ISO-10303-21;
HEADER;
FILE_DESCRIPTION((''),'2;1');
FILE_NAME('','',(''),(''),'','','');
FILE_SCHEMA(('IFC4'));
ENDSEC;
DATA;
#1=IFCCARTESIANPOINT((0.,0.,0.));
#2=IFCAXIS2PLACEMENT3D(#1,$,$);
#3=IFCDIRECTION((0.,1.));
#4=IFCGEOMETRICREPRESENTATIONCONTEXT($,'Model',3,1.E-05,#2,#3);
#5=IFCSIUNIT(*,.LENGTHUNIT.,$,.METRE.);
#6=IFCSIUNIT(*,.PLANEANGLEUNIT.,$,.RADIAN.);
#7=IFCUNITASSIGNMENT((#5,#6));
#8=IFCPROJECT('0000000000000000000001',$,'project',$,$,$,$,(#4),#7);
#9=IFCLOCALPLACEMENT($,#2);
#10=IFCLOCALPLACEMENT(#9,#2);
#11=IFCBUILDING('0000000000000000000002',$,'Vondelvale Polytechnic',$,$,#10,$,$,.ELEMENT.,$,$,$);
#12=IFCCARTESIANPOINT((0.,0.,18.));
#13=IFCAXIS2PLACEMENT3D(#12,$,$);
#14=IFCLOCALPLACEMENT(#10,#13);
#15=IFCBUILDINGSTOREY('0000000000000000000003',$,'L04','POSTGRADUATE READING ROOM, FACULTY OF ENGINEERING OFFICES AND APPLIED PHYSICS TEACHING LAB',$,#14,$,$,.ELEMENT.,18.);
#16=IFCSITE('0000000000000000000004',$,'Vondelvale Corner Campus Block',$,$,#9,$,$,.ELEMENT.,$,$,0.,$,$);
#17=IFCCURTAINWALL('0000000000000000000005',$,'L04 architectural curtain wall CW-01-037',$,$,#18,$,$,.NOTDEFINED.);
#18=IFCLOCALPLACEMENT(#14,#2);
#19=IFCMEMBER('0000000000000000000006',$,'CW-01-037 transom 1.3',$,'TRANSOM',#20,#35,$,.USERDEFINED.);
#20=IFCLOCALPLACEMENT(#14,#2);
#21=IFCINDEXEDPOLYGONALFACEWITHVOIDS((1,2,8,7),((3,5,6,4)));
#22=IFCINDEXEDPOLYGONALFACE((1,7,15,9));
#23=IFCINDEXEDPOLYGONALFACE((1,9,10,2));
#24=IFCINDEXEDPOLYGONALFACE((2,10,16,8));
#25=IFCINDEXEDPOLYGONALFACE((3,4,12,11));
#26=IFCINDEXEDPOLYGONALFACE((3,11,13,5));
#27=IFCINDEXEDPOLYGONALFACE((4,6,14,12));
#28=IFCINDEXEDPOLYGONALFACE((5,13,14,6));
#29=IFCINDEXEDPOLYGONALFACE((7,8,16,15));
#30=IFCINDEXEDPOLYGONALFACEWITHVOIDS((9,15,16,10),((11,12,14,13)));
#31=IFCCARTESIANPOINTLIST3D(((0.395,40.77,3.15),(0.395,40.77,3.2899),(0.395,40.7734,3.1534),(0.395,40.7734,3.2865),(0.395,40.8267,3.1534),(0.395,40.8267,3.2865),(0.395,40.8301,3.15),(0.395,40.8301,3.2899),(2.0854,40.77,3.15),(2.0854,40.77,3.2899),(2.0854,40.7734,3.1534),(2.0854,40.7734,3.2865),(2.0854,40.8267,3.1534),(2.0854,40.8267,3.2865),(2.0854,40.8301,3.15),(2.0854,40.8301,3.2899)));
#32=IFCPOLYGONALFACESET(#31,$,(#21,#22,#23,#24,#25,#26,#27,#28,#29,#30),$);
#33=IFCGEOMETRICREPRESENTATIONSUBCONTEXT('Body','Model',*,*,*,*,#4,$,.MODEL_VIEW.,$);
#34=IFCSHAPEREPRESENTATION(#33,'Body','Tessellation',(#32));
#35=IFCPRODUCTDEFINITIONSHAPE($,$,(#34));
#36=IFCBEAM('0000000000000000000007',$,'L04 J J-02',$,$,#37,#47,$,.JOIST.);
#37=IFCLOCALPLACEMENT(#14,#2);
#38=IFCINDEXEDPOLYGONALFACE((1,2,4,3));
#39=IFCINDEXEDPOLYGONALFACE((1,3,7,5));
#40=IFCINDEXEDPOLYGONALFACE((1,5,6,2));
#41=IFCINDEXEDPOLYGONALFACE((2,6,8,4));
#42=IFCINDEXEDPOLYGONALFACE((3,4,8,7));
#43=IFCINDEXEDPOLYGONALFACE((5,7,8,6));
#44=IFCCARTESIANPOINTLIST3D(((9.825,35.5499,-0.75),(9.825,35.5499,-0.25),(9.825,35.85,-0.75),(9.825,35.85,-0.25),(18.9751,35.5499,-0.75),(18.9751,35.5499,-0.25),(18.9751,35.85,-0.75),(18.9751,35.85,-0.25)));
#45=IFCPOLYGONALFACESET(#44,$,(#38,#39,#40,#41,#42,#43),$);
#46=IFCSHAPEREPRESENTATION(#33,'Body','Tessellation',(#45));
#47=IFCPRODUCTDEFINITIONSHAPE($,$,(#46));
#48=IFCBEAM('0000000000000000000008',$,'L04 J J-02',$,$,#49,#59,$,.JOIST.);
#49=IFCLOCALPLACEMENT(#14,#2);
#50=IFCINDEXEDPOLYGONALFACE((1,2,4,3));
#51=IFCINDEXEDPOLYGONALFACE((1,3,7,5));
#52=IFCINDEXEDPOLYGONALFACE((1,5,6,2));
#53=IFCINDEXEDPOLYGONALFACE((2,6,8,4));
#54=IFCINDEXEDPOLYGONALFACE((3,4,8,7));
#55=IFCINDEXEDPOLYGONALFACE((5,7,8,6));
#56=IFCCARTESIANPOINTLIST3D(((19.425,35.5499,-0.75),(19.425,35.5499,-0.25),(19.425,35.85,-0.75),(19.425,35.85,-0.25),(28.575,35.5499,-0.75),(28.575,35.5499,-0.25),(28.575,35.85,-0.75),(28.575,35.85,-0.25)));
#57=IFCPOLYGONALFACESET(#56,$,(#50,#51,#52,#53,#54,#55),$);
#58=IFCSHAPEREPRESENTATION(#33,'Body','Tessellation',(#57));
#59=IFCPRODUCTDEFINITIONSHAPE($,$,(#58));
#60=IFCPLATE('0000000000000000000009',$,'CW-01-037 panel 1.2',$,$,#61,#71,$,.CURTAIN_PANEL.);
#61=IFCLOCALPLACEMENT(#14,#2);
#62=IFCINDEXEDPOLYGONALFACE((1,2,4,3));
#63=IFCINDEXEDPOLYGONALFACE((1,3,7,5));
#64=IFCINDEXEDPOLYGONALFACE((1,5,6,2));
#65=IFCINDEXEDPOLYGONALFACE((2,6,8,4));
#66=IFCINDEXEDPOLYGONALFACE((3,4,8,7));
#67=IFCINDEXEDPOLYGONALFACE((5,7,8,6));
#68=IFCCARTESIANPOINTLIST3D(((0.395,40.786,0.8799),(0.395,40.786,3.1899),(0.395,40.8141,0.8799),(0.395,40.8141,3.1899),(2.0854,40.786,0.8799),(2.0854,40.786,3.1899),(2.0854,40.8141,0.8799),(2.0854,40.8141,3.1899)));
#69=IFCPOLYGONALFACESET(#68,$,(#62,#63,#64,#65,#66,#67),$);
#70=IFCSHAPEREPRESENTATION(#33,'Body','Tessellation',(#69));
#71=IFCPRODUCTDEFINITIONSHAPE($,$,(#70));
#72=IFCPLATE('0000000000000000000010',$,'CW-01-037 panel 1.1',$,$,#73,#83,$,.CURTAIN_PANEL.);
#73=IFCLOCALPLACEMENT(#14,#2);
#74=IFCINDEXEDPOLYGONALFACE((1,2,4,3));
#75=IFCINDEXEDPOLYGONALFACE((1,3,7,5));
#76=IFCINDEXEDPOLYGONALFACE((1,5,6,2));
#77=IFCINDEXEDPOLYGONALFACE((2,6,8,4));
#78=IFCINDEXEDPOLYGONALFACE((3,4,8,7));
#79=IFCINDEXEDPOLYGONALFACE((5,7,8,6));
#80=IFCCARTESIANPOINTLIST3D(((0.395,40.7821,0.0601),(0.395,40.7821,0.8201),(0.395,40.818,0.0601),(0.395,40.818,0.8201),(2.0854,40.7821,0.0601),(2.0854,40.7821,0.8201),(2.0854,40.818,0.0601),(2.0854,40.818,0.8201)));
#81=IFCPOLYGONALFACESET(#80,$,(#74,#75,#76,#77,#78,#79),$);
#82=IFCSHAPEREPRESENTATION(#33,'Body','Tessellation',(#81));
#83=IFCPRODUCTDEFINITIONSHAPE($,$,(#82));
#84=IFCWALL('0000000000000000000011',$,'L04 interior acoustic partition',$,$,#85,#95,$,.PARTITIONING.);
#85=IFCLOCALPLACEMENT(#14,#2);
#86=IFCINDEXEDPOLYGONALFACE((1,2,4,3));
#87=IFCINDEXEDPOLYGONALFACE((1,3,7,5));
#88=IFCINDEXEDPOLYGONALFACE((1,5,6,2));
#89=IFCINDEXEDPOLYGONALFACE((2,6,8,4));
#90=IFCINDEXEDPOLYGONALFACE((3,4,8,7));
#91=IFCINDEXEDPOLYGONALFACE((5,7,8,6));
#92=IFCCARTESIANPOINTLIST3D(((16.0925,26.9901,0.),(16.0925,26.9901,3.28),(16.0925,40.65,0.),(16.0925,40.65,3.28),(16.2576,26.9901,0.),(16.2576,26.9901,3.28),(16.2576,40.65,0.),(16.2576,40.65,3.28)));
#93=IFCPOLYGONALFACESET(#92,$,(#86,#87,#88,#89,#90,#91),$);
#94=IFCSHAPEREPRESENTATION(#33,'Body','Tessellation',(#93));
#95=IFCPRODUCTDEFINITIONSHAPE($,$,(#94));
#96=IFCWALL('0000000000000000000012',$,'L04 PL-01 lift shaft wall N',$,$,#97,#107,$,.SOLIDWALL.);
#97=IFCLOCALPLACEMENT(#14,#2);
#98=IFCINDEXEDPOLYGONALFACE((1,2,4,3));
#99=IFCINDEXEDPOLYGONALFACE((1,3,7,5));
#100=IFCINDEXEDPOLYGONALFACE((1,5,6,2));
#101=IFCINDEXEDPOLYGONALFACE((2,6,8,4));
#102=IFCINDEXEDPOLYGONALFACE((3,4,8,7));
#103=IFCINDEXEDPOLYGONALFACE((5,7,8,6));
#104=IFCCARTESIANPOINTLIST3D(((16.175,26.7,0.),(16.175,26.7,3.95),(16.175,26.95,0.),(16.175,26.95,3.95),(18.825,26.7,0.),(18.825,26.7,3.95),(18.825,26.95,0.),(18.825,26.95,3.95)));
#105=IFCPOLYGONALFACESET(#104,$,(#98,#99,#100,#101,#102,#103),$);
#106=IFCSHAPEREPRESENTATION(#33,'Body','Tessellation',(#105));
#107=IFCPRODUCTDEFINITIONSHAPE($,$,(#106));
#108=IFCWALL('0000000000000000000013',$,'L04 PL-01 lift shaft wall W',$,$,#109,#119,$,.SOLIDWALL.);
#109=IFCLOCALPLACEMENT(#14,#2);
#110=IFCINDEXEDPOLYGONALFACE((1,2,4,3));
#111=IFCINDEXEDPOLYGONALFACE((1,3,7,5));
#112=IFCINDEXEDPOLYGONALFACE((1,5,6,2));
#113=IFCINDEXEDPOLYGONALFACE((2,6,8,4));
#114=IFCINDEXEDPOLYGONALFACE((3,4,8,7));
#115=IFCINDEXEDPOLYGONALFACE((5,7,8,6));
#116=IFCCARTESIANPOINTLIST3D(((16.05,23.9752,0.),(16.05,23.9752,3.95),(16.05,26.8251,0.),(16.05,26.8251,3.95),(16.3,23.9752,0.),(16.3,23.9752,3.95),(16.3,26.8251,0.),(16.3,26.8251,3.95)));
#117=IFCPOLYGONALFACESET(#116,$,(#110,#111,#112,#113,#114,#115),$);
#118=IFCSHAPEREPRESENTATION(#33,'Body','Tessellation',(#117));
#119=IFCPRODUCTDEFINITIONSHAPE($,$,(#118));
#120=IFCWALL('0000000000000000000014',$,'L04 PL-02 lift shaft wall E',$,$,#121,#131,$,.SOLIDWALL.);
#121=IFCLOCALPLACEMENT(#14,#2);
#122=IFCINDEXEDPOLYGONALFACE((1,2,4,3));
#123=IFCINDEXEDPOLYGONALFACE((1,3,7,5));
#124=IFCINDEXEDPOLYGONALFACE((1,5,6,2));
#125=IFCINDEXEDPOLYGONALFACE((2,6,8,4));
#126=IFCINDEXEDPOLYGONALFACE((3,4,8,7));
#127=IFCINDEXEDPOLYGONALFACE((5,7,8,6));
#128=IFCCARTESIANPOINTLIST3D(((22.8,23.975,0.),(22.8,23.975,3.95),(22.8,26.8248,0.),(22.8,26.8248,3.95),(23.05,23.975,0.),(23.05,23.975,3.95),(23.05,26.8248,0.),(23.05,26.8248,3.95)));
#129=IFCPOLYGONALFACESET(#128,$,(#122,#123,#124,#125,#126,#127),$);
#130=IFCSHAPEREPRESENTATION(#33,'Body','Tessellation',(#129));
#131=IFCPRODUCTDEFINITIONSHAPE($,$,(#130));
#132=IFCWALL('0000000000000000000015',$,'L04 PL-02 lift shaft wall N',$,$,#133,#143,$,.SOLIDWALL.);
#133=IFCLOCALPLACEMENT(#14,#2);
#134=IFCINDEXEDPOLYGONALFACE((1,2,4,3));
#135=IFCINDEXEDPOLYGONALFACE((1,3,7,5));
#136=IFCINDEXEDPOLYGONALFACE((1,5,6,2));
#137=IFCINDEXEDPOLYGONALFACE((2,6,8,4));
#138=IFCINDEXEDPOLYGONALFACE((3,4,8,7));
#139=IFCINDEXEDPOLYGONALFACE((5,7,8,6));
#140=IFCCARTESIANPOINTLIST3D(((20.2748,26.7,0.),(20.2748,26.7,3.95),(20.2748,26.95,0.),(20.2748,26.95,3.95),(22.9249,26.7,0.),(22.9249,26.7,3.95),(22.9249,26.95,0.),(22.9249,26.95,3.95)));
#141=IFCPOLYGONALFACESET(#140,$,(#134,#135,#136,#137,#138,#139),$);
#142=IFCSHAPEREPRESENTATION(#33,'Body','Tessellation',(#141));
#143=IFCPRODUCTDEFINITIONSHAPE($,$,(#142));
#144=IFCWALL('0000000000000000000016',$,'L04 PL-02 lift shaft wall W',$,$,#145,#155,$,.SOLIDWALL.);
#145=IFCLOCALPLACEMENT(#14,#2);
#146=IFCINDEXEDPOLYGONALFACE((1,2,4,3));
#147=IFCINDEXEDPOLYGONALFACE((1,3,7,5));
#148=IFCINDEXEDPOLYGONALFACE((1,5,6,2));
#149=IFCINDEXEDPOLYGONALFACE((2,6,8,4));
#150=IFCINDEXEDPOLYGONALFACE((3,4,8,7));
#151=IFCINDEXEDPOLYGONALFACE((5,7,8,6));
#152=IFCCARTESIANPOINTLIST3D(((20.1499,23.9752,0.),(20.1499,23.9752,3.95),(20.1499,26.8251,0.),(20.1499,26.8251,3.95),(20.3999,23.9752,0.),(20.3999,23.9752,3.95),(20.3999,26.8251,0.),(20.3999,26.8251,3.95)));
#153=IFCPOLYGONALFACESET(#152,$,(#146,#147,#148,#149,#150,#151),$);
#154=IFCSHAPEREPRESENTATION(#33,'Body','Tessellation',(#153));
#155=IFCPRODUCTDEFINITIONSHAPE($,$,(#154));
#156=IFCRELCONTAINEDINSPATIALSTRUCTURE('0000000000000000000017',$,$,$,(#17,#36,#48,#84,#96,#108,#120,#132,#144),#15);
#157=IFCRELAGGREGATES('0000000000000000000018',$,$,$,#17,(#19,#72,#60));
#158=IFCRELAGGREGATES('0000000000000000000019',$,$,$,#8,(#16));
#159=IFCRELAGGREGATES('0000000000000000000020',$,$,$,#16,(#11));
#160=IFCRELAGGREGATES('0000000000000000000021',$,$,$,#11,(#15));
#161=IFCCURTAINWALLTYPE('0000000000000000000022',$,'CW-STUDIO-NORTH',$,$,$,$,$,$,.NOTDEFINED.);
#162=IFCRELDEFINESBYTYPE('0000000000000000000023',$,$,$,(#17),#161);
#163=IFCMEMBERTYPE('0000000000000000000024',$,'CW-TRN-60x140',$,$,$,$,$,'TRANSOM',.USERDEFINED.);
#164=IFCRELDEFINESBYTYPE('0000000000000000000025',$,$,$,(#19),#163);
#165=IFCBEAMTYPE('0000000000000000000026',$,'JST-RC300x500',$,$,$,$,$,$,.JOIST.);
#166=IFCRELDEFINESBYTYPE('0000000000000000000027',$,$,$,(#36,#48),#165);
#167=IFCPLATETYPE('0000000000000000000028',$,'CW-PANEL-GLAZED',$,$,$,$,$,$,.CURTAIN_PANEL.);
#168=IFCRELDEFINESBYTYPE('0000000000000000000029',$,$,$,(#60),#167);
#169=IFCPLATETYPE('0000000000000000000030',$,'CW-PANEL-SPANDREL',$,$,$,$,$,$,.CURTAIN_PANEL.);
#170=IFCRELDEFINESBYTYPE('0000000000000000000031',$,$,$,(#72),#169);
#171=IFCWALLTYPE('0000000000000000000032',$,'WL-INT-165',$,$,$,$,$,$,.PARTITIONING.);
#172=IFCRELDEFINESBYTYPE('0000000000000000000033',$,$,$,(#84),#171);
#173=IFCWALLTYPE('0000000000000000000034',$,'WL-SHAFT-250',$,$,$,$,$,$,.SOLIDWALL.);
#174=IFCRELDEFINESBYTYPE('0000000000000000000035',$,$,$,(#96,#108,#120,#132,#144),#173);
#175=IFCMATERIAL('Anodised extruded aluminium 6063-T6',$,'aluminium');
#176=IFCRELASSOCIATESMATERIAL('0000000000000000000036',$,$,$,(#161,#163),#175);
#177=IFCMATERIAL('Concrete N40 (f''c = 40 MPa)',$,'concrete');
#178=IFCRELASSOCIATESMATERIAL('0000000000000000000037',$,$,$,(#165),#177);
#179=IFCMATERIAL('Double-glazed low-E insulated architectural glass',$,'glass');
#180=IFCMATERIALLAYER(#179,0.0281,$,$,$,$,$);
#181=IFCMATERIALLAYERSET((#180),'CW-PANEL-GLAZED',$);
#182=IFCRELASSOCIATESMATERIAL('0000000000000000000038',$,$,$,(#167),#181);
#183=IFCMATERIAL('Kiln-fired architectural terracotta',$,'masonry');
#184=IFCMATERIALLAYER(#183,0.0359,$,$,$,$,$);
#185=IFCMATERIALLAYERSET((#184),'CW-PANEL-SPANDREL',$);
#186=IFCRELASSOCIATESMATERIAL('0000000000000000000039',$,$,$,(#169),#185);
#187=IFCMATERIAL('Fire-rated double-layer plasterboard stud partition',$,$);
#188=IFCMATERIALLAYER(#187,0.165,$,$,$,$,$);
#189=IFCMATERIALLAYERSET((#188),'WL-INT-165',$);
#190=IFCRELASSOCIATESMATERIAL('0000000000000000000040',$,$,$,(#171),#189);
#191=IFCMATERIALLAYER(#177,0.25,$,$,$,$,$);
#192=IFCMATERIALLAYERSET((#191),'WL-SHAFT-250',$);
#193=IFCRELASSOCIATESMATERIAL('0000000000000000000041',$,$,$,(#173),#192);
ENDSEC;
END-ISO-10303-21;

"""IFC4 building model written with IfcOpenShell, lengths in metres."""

from ifc_helpers import new_model, si_unit, direction, frame, frame_2d, origin, origin_2d, place, context, subcontext, project, spatial, rectangle, hollow_rectangle, extrude, material, layer, layer_set, material_profile, profile_set, type_object, element, aggregate, save


model = new_model("IFC4")

# Units and contexts
model_context = context("Model", 3, precision=1e-05, world=origin(), true_north=direction((0.0, 1.0)))
body_context = subcontext(model_context, "Body", "Model", "MODEL_VIEW")
ifc_project = project(units=[si_unit("LENGTHUNIT", "METRE"), si_unit("PLANEANGLEUNIT", "RADIAN")], contexts=[model_context])

# Site, building, storey
site_placement = place(None, origin())
site = spatial("IfcSite", under=ifc_project, at=site_placement, Name="Vondelvale Corner Campus Block", CompositionType="ELEMENT", RefElevation=0.0)
building_placement = place(site_placement, origin())
building = spatial("IfcBuilding", under=site, at=building_placement, Name="Vondelvale Polytechnic", CompositionType="ELEMENT")
storey_placement = place(building_placement, frame((0.0, 0.0, 18.0)))
storey = spatial("IfcBuildingStorey", under=building, at=storey_placement, Name="L04", Description="POSTGRADUATE READING ROOM, FACULTY OF ENGINEERING OFFICES AND APPLIED PHYSICS TEACHING LAB", CompositionType="ELEMENT", Elevation=18.0)

# Shared definitions
ifc_material_1 = material(Name="Concrete N40 (f'c = 40 MPa)", Category="concrete")

# Curtain wall, member
ifc_material_2 = material(Name="Anodised extruded aluminium 6063-T6", Category="aluminium")
curtain_wall_type = type_object("IfcCurtainWallType", Name="CW-STUDIO-NORTH", PredefinedType="NOTDEFINED", material=ifc_material_2)
curtain_wall_placement = place(storey_placement, origin())
curtain_wall = element("IfcCurtainWall", 1, at=curtain_wall_placement, inside=storey, type_object=curtain_wall_type, Name="L04 architectural curtain wall CW-01-037", PredefinedType="NOTDEFINED")
ifc_material_profile_1 = material_profile(ifc_material_2, hollow_rectangle(XDim=0.0601, YDim=0.1399, WallThickness=0.0034, at=origin_2d()), Name="CW-TRN-140x60")
ifc_profile_set_1 = profile_set([ifc_material_profile_1], Name="Anodised extruded aluminium 6063-T6")
member_type_1 = type_object("IfcMemberType", Name="CW-TRN-60x140", ElementType="TRANSOM", PredefinedType="USERDEFINED", material=ifc_profile_set_1)
member_1_placement = place(storey_placement, frame((0.395, 40.8, 3.22), z_axis=(1.0, 0.0, 0.0), x_axis=(0.0, 1.0, 0.0)))
member_1 = element("IfcMember", 2, at=member_1_placement, type_object=member_type_1, Name="CW-01-037 transom 1.3", ObjectType="TRANSOM", PredefinedType="USERDEFINED", context=body_context, shape_type="SweptSolid", body=[
    extrude(hollow_rectangle(XDim=0.0601, YDim=0.1399, WallThickness=0.0034, at=origin_2d()), origin(), (0.0, 0.0, 1.0), 1.6904),
])

# Beams
ifc_material_profile_2 = material_profile(ifc_material_1, rectangle(XDim=0.3, YDim=0.5, at=origin_2d()), Name="RC-JST-300x500")
ifc_profile_set_2 = profile_set([ifc_material_profile_2], Name="Concrete N40 (f'c = 40 MPa)")
beam_type_1 = type_object("IfcBeamType", Name="JST-RC300x500", PredefinedType="JOIST", material=ifc_profile_set_2)
beam_1_placement = place(storey_placement, frame((9.825, 35.7, -0.5), z_axis=(1.0, 0.0, 0.0), x_axis=(0.0, 1.0, 0.0)))
element("IfcBeam", 3, at=beam_1_placement, inside=storey, type_object=beam_type_1, Name="L04 J J-02", PredefinedType="JOIST", context=body_context, shape_type="SweptSolid", body=[
    extrude(rectangle(XDim=0.3, YDim=0.5, at=origin_2d()), origin(), (0.0, 0.0, 1.0), 9.1501),
])
beam_2_placement = place(storey_placement, frame((19.425, 35.7, -0.5), z_axis=(1.0, 0.0, 0.0), x_axis=(0.0, 1.0, 0.0)))
element("IfcBeam", 4, at=beam_2_placement, inside=storey, type_object=beam_type_1, Name="L04 J J-02", PredefinedType="JOIST", context=body_context, shape_type="SweptSolid", body=[
    extrude(rectangle(XDim=0.3, YDim=0.5, at=origin_2d()), origin(), (0.0, 0.0, 1.0), 9.1499),
])

# Plates
ifc_material_3 = material(Name="Double-glazed low-E insulated architectural glass", Category="glass")
ifc_layer_1 = layer(ifc_material_3, 0.0281)
ifc_layer_set_1 = layer_set([ifc_layer_1], Name="CW-PANEL-GLAZED")
plate_type_1 = type_object("IfcPlateType", Name="CW-PANEL-GLAZED", PredefinedType="CURTAIN_PANEL", material=ifc_layer_set_1)
plate_1_placement = place(storey_placement, frame((1.2402, 40.8, 0.8799), z_axis=(0.0, 0.0, 1.0), x_axis=(1.0, 0.0, 0.0)))
plate_1 = element("IfcPlate", 5, at=plate_1_placement, type_object=plate_type_1, Name="CW-01-037 panel 1.2", PredefinedType="CURTAIN_PANEL", context=body_context, shape_type="SweptSolid", body=[
    extrude(rectangle(XDim=1.6904, YDim=0.0281, at=origin_2d()), origin(), (0.0, 0.0, 1.0), 2.3101),
])
ifc_material_4 = material(Name="Kiln-fired architectural terracotta", Category="masonry")
ifc_layer_2 = layer(ifc_material_4, 0.0359)
ifc_layer_set_2 = layer_set([ifc_layer_2], Name="CW-PANEL-SPANDREL")
plate_type_2 = type_object("IfcPlateType", Name="CW-PANEL-SPANDREL", PredefinedType="CURTAIN_PANEL", material=ifc_layer_set_2)
plate_2_placement = place(storey_placement, frame((1.2402, 40.8, 0.0601), z_axis=(0.0, 0.0, 1.0), x_axis=(1.0, 0.0, 0.0)))
plate_2 = element("IfcPlate", 6, at=plate_2_placement, type_object=plate_type_2, Name="CW-01-037 panel 1.1", PredefinedType="CURTAIN_PANEL", context=body_context, shape_type="SweptSolid", body=[
    extrude(rectangle(XDim=1.6904, YDim=0.0359, at=origin_2d()), origin(), (0.0, 0.0, 1.0), 0.76),
])
aggregate(curtain_wall, [member_1, plate_2, plate_1])

# Walls
ifc_material_5 = material(Name="Fire-rated double-layer plasterboard stud partition")
ifc_layer_3 = layer(ifc_material_5, 0.165)
ifc_layer_set_3 = layer_set([ifc_layer_3], Name="WL-INT-165")
wall_type_1 = type_object("IfcWallType", Name="WL-INT-165", PredefinedType="PARTITIONING", material=ifc_layer_set_3)
wall_1_placement = place(storey_placement, frame((16.175, 26.99, 0.0), z_axis=(0.0, 0.0, 1.0), x_axis=(0.0, 1.0, 0.0)))
element("IfcWall", 7, at=wall_1_placement, inside=storey, type_object=wall_type_1, Name="L04 interior acoustic partition", PredefinedType="PARTITIONING", context=body_context, shape_type="SweptSolid", body=[
    extrude(rectangle(XDim=13.6599, YDim=0.165, at=frame_2d((6.8301, 0.0))), origin(), (0.0, 0.0, 1.0), 3.28),
])
ifc_layer_4 = layer(ifc_material_1, 0.25)
ifc_layer_set_4 = layer_set([ifc_layer_4], Name="WL-SHAFT-250")
wall_type_2 = type_object("IfcWallType", Name="WL-SHAFT-250", PredefinedType="SOLIDWALL", material=ifc_layer_set_4)
wall_2_placement = place(storey_placement, frame((18.825, 26.825, 0.0), z_axis=(0.0, 0.0, 1.0), x_axis=(-1.0, 0.0, 0.0)))
element("IfcWall", 8, at=wall_2_placement, inside=storey, type_object=wall_type_2, Name="L04 PL-01 lift shaft wall N", PredefinedType="SOLIDWALL", context=body_context, shape_type="SweptSolid", body=[
    extrude(rectangle(XDim=2.6499, YDim=0.25, at=frame_2d((1.325, 0.0))), origin(), (0.0, 0.0, 1.0), 3.95),
])
for number, where, z_axis, x_axis, name in (
    (9, (16.175, 26.825, 0.0), (0.0, 0.0, 1.0), (0.0, -1.0, 0.0), "L04 PL-01 lift shaft wall W"),
    (10, (22.925, 23.9751, 0.0), (0.0, 0.0, 1.0), (0.0, 1.0, 0.0), "L04 PL-02 lift shaft wall E"),
):
    element("IfcWall", number, at=place(storey_placement, frame(where, z_axis=z_axis, x_axis=x_axis)), inside=storey, type_object=wall_type_2, Name=name, PredefinedType="SOLIDWALL", context=body_context, shape_type="SweptSolid", body=[
        extrude(rectangle(XDim=2.8499, YDim=0.25, at=frame_2d((1.4248, 0.0))), origin(), (0.0, 0.0, 1.0), 3.95),
    ])
wall_3_placement = place(storey_placement, frame((22.925, 26.825, 0.0), z_axis=(0.0, 0.0, 1.0), x_axis=(-1.0, 0.0, 0.0)))
element("IfcWall", 11, at=wall_3_placement, inside=storey, type_object=wall_type_2, Name="L04 PL-02 lift shaft wall N", PredefinedType="SOLIDWALL", context=body_context, shape_type="SweptSolid", body=[
    extrude(rectangle(XDim=2.6501, YDim=0.25, at=frame_2d((1.3252, 0.0))), origin(), (0.0, 0.0, 1.0), 3.95),
])
wall_4_placement = place(storey_placement, frame((20.2749, 26.825, 0.0), z_axis=(0.0, 0.0, 1.0), x_axis=(0.0, -1.0, 0.0)))
element("IfcWall", 12, at=wall_4_placement, inside=storey, type_object=wall_type_2, Name="L04 PL-02 lift shaft wall W", PredefinedType="SOLIDWALL", context=body_context, shape_type="SweptSolid", body=[
    extrude(rectangle(XDim=2.8499, YDim=0.25, at=frame_2d((1.4248, 0.0))), origin(), (0.0, 0.0, 1.0), 3.95),
])

save(model, "model.ifc")
